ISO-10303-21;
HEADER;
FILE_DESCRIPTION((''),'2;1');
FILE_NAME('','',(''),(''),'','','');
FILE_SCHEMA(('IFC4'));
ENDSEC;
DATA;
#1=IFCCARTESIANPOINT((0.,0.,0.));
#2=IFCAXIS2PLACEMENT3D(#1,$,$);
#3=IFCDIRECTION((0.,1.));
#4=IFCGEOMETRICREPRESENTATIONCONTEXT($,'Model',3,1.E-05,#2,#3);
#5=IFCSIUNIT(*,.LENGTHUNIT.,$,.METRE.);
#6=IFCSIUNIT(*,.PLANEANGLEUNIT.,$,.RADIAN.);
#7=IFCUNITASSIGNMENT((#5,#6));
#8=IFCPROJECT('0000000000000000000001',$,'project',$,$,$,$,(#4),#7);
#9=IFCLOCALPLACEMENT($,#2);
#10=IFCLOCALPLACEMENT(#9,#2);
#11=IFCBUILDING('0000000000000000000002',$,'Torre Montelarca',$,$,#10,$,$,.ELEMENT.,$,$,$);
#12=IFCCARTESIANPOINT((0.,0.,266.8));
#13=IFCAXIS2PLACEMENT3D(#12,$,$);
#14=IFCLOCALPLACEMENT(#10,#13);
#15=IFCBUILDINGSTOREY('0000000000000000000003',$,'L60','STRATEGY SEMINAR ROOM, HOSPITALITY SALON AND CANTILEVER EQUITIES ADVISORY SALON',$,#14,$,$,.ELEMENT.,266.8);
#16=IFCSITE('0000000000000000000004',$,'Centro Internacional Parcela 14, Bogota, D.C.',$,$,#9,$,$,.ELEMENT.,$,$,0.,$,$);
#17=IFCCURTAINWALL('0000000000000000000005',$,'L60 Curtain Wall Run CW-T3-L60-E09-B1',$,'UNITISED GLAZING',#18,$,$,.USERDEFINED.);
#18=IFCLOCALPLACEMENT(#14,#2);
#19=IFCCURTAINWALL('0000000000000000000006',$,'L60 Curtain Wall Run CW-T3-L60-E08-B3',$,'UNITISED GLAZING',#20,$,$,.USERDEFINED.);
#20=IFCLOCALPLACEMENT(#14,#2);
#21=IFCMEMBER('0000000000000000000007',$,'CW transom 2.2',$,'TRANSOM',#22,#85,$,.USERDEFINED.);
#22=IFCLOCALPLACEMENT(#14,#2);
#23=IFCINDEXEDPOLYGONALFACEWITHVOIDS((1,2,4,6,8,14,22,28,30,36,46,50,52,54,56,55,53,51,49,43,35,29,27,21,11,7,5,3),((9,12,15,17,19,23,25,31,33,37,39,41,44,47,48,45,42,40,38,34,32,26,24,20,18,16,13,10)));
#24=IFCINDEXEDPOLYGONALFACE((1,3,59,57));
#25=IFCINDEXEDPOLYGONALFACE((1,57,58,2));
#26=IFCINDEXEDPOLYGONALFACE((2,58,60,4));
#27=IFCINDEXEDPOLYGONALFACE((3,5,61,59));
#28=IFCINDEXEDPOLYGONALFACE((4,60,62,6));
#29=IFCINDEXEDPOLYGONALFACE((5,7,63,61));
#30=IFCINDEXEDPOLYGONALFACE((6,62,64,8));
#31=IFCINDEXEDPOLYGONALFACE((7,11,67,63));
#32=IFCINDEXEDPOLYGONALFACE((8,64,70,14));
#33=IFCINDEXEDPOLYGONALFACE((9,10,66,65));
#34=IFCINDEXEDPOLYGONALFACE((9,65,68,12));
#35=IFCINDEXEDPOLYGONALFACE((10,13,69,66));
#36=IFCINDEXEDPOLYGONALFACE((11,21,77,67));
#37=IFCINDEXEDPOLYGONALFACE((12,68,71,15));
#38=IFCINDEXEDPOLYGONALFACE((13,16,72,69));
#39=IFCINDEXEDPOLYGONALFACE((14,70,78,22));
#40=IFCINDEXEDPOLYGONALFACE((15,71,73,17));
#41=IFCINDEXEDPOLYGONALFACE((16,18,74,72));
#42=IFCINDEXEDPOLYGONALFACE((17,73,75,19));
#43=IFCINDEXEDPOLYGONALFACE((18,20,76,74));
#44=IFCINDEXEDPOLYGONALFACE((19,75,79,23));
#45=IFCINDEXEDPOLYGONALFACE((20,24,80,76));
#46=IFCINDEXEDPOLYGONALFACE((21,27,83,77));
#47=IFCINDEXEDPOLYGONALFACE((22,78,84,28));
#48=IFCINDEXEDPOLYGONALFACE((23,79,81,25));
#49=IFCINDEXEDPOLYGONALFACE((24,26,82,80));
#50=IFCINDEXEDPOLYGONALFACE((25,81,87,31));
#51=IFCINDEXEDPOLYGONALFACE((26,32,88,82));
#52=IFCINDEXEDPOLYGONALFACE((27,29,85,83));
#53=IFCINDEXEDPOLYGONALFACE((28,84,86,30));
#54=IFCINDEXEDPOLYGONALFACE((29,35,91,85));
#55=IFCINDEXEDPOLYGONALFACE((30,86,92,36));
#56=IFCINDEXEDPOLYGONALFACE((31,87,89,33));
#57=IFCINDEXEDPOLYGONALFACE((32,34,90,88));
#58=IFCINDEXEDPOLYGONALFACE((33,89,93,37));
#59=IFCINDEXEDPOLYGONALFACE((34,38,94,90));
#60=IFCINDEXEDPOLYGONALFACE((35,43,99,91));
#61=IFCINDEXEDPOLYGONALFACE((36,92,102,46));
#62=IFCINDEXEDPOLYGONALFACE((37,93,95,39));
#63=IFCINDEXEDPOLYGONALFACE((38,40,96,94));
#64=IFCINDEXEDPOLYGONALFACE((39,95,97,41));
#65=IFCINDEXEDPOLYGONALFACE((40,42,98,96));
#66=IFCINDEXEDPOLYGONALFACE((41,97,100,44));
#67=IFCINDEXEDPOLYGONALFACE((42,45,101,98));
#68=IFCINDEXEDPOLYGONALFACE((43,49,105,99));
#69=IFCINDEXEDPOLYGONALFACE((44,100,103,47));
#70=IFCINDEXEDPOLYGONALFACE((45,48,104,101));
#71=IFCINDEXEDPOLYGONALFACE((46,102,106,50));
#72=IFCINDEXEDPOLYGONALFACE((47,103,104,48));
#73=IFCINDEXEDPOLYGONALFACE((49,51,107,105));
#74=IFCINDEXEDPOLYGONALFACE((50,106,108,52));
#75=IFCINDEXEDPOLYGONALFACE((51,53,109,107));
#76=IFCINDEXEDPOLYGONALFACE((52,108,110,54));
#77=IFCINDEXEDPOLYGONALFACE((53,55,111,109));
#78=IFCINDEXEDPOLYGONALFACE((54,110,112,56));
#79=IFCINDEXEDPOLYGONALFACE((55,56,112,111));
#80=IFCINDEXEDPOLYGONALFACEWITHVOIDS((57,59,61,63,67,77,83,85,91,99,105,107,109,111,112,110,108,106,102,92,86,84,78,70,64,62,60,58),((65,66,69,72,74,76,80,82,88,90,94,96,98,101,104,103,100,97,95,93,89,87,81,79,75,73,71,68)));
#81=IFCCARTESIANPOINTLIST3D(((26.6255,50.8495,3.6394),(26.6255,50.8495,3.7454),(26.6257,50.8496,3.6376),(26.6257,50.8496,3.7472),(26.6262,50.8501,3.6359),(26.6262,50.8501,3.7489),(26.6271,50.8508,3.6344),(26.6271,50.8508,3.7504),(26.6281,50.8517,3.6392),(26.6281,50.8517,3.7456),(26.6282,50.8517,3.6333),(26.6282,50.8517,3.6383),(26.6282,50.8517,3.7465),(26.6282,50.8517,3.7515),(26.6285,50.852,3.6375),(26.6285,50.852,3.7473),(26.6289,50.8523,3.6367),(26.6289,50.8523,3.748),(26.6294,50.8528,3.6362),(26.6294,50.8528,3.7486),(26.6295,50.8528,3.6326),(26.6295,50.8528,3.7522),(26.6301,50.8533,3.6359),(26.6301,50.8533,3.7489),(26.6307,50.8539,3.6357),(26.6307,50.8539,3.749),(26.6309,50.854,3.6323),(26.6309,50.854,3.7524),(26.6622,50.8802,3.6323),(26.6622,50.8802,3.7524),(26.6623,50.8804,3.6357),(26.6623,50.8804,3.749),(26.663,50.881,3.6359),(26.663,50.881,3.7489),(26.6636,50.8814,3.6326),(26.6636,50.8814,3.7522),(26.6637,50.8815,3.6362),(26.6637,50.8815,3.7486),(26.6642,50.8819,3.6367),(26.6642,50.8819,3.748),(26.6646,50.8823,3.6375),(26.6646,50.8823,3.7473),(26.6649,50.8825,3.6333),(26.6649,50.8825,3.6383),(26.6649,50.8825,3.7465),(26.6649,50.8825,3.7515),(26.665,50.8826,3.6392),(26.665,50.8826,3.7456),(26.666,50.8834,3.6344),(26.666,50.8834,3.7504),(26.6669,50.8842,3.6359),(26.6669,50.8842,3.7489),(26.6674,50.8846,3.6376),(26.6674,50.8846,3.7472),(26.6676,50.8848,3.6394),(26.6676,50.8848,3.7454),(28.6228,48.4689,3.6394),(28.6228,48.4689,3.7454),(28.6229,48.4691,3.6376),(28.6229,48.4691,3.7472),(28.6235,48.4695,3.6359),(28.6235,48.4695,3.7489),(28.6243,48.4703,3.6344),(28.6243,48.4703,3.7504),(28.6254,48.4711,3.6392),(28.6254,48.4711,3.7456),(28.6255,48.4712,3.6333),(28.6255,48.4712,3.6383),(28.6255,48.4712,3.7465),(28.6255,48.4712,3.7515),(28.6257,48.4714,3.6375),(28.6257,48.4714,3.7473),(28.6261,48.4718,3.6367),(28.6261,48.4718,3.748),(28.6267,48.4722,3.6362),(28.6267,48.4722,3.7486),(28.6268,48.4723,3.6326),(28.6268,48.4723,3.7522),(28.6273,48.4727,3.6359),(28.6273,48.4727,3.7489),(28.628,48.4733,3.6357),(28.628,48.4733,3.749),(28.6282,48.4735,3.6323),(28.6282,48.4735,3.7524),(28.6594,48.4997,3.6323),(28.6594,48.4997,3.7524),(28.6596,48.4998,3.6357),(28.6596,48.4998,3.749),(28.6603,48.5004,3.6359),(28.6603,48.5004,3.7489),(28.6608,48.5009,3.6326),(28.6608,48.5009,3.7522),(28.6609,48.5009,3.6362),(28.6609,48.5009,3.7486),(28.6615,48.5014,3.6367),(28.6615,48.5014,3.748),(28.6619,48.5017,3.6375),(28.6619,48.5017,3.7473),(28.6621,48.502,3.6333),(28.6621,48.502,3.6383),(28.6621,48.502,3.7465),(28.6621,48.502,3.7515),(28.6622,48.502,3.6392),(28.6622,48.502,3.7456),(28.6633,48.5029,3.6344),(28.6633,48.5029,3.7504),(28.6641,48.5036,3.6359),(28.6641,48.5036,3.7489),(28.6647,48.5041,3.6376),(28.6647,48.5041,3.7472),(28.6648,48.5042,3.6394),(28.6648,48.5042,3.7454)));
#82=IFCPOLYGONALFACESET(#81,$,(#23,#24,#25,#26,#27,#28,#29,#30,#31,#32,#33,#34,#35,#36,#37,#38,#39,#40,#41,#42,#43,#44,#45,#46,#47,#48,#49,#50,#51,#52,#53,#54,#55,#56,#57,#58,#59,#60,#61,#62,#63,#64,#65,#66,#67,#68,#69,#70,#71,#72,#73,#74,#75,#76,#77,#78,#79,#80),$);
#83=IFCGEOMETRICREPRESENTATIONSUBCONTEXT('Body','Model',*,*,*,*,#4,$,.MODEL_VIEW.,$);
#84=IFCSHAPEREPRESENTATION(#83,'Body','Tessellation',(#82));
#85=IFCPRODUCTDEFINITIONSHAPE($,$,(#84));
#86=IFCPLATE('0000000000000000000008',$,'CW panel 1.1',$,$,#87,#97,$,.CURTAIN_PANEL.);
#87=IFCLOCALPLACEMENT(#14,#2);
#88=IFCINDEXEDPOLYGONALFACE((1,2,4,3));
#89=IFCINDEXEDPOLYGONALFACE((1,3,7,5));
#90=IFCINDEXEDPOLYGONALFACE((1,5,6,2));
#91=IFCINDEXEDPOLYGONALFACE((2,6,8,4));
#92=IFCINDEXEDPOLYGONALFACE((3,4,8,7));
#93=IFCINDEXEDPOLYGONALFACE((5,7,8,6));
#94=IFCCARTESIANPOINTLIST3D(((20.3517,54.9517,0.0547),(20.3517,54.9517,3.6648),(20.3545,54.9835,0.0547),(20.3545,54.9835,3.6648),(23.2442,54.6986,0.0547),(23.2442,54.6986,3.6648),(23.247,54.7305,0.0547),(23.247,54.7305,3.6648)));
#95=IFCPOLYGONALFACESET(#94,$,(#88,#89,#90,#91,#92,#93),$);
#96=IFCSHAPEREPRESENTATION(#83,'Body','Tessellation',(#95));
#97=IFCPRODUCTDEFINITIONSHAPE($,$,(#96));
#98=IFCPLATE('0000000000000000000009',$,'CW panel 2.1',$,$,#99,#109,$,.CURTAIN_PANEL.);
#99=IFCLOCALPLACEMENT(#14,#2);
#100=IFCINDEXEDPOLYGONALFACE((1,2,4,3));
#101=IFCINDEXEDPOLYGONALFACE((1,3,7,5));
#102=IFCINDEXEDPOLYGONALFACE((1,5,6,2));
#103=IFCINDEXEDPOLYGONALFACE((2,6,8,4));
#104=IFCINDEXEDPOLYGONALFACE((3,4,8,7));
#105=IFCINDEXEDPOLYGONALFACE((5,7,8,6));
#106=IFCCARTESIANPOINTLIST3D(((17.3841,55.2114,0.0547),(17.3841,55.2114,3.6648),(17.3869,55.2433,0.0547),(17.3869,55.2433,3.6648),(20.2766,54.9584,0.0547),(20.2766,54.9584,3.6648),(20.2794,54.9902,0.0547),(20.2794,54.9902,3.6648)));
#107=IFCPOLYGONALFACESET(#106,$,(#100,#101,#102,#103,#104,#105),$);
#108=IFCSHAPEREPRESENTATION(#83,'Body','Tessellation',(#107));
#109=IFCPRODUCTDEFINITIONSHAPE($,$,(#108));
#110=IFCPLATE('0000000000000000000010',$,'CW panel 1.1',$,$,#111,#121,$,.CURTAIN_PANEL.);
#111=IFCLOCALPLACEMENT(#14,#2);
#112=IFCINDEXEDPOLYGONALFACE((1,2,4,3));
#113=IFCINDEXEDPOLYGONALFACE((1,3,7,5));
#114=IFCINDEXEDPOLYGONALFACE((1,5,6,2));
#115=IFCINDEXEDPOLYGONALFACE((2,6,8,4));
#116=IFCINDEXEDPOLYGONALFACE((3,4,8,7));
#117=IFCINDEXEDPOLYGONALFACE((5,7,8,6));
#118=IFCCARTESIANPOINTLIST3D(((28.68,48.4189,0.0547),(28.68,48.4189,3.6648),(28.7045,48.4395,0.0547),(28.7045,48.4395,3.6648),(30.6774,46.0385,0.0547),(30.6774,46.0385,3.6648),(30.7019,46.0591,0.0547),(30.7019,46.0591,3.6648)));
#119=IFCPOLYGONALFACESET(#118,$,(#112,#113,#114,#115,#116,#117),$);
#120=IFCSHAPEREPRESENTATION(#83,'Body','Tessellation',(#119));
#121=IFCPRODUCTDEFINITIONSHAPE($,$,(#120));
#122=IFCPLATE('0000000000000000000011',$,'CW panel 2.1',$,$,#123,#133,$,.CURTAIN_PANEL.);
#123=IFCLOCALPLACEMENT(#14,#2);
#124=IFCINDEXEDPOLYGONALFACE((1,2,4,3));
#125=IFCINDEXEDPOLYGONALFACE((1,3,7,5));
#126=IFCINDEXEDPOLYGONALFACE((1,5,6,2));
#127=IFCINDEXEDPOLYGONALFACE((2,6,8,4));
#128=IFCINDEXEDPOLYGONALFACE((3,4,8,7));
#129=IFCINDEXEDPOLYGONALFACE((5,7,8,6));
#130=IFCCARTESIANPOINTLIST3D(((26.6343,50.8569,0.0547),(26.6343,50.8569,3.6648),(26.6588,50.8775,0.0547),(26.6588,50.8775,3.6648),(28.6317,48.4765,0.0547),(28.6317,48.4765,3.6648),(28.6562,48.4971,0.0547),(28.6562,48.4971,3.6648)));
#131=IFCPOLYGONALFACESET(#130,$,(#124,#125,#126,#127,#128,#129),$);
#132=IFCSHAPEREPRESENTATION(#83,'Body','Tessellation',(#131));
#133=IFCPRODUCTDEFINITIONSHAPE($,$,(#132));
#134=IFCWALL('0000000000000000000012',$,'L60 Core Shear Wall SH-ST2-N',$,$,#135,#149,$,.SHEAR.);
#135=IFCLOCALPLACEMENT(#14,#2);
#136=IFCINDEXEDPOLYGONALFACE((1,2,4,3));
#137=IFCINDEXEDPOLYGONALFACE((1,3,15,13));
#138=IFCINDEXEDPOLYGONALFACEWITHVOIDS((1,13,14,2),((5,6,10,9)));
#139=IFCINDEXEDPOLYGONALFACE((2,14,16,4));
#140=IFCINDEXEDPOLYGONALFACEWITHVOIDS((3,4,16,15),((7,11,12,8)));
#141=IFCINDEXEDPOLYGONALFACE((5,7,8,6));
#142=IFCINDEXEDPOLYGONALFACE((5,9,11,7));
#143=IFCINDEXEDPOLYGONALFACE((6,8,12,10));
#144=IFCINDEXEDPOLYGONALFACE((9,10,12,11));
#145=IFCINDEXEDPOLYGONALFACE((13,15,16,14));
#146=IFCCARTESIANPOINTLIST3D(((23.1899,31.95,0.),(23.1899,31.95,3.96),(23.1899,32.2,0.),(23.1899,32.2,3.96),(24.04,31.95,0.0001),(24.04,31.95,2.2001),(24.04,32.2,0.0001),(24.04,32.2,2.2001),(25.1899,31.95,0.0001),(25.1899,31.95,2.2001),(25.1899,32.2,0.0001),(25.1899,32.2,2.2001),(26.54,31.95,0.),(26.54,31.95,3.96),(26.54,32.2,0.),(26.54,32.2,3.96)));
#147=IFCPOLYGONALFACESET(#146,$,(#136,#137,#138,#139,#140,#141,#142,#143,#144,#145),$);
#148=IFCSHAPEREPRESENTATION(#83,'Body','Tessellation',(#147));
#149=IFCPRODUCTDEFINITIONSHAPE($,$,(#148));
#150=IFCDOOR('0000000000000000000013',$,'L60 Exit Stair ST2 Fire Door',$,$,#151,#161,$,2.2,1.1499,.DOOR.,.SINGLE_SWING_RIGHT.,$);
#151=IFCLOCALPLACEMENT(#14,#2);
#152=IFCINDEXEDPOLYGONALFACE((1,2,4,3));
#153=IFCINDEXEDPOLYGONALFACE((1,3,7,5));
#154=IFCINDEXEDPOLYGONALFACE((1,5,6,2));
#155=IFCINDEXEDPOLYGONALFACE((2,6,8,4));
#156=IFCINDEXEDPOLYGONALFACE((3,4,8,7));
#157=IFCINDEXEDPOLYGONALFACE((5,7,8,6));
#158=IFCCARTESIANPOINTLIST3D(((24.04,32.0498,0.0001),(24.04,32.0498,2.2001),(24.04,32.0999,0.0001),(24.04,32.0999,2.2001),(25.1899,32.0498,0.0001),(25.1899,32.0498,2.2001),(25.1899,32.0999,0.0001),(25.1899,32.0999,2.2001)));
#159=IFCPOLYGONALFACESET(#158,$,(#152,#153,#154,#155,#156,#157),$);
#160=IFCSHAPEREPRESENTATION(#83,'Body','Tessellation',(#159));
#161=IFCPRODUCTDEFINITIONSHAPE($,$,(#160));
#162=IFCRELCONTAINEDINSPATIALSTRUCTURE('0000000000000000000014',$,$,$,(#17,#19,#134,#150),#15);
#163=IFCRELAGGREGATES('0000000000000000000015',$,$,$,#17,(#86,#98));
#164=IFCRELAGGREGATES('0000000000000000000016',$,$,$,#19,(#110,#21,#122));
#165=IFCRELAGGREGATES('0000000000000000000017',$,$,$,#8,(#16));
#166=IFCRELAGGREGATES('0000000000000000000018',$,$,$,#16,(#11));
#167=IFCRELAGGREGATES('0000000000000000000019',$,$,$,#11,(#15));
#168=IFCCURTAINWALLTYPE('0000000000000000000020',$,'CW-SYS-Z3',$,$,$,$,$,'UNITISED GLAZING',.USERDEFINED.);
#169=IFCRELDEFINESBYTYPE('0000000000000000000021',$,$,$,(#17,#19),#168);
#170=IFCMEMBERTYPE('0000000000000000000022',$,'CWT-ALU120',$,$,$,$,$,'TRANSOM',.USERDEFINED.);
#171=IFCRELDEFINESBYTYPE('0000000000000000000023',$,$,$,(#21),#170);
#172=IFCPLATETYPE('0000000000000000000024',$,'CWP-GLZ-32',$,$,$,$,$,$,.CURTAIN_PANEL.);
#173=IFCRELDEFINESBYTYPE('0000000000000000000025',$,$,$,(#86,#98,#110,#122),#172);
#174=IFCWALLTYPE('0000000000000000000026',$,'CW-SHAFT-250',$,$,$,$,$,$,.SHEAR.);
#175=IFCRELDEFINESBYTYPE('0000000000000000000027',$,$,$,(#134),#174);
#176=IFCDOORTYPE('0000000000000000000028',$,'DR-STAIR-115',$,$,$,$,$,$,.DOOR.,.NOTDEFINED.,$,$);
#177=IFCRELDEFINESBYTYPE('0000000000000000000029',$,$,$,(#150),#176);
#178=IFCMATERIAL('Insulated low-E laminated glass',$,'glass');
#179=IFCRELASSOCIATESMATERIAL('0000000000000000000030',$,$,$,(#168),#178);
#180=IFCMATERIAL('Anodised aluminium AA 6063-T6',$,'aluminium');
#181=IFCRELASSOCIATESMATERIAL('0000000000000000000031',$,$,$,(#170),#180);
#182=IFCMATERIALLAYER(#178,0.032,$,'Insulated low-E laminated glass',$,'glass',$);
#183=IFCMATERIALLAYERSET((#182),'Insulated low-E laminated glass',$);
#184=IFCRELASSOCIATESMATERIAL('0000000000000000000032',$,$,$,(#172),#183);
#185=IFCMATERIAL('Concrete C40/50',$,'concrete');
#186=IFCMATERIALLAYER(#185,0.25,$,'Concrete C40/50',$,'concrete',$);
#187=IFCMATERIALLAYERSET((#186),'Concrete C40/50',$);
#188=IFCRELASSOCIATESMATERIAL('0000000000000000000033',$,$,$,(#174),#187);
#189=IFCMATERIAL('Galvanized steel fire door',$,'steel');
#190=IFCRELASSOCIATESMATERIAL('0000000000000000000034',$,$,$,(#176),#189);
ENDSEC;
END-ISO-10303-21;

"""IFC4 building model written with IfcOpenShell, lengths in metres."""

from ifc_helpers import new_model, si_unit, direction, frame, frame_2d, origin, origin_2d, place, context, subcontext, project, spatial, rectangle, hollow_rectangle, extrude, source, transform, mapped, material, layer, layer_set, material_profile, profile_set, type_object, element, fill, aggregate, save


model = new_model("IFC4")

# Units and contexts
model_context = context("Model", 3, precision=1e-05, world=origin(), true_north=direction((0.0, 1.0)))
body_context = subcontext(model_context, "Body", "Model", "MODEL_VIEW")
ifc_project = project(units=[si_unit("LENGTHUNIT", "METRE"), si_unit("PLANEANGLEUNIT", "RADIAN")], contexts=[model_context])

# Site, building, storey
site_placement = place(None, origin())
site = spatial("IfcSite", under=ifc_project, at=site_placement, Name="Centro Internacional Parcela 14, Bogota, D.C.", CompositionType="ELEMENT", RefElevation=0.0)
building_placement = place(site_placement, origin())
building = spatial("IfcBuilding", under=site, at=building_placement, Name="Torre Montelarca", CompositionType="ELEMENT")
storey_placement = place(building_placement, frame((0.0, 0.0, 266.8)))
storey = spatial("IfcBuildingStorey", under=building, at=storey_placement, Name="L60", Description="STRATEGY SEMINAR ROOM, HOSPITALITY SALON AND CANTILEVER EQUITIES ADVISORY SALON", CompositionType="ELEMENT", Elevation=266.8)

# Curtain walls
ifc_material_1 = material(Name="Insulated low-E laminated glass", Category="glass")
curtain_wall_type = type_object("IfcCurtainWallType", Name="CW-SYS-Z3", ElementType="UNITISED GLAZING", PredefinedType="USERDEFINED", material=ifc_material_1)
curtain_wall_1_placement = place(storey_placement, origin())
curtain_wall_1 = element("IfcCurtainWall", 1, at=curtain_wall_1_placement, inside=storey, type_object=curtain_wall_type, Name="L60 Curtain Wall Run CW-T3-L60-E09-B1", ObjectType="UNITISED GLAZING", PredefinedType="USERDEFINED")
ifc_material_2 = material(Name="Anodised aluminium AA 6063-T6", Category="aluminium")
ifc_material_profile_1 = material_profile(ifc_material_2, hollow_rectangle(XDim=0.0549, YDim=0.1201, WallThickness=0.0034, InnerFilletRadius=0.0034, OuterFilletRadius=0.0071, at=origin_2d()), Name="ALU55X120X3.5", Category="aluminium")
ifc_profile_set_1 = profile_set([ifc_material_profile_1], Name="Anodised aluminium AA 6063-T6")
member_type_1 = type_object("IfcMemberType", Name="CWT-ALU120", ElementType="TRANSOM", PredefinedType="USERDEFINED", material=ifc_profile_set_1)
curtain_wall_2_placement = place(storey_placement, origin())
curtain_wall_2 = element("IfcCurtainWall", 2, at=curtain_wall_2_placement, inside=storey, type_object=curtain_wall_type, Name="L60 Curtain Wall Run CW-T3-L60-E08-B3", ObjectType="UNITISED GLAZING", PredefinedType="USERDEFINED")

# Member
shared_shape_1 = source(origin(), body_context, "Body", "SweptSolid", [
    extrude(hollow_rectangle(XDim=0.0549, YDim=0.1201, WallThickness=0.0034, InnerFilletRadius=0.0034, OuterFilletRadius=0.0071, at=origin_2d()), origin(), (0.0, 0.0, 1.0), 3.1074),
])
member_1_placement = place(storey_placement, frame((28.6438, 48.4866, 3.6924), z_axis=(-0.642739, 0.766085, 0.0), x_axis=(-0.766085, -0.642739, 0.0)))
member_1 = element("IfcMember", 3, at=member_1_placement, type_object=member_type_1, Name="CW transom 2.2", ObjectType="TRANSOM", PredefinedType="USERDEFINED", context=body_context, shape_type="MappedRepresentation", body=[
    mapped(shared_shape_1, transform((0.0, 0.0, 0.0), scale=1.0)),
])

# Plates
ifc_layer_1 = layer(ifc_material_1, 0.032, Name="Insulated low-E laminated glass", Category="glass")
ifc_layer_set_1 = layer_set([ifc_layer_1], Name="Insulated low-E laminated glass")
plate_type = type_object("IfcPlateType", Name="CWP-GLZ-32", PredefinedType="CURTAIN_PANEL", material=ifc_layer_set_1)
shared_shape_2 = source(origin(), body_context, "Body", "SweptSolid", [
    extrude(rectangle(XDim=2.9036, YDim=0.032, at=origin_2d()), origin(), (0.0, 0.0, 1.0), 3.6101),
])
plate_1_placement = place(storey_placement, frame((21.7993, 54.8411, 0.0547), z_axis=(0.0, 0.0, 1.0), x_axis=(-0.996194, 0.087165, 0.0)))
plate_1 = element("IfcPlate", 4, at=plate_1_placement, type_object=plate_type, Name="CW panel 1.1", PredefinedType="CURTAIN_PANEL", context=body_context, shape_type="MappedRepresentation", body=[
    mapped(shared_shape_2, transform((0.0, 0.0, 0.0), scale=1.0)),
])
plate_2_placement = place(storey_placement, frame((18.8318, 55.1008, 0.0547), z_axis=(0.0, 0.0, 1.0), x_axis=(-0.996194, 0.087165, 0.0)))
plate_2 = element("IfcPlate", 5, at=plate_2_placement, type_object=plate_type, Name="CW panel 2.1", PredefinedType="CURTAIN_PANEL", context=body_context, shape_type="MappedRepresentation", body=[
    mapped(shared_shape_2, transform((0.0, 0.0, 0.0), scale=1.0)),
])
aggregate(curtain_wall_1, [plate_1, plate_2])
shared_shape_3 = source(origin(), body_context, "Body", "SweptSolid", [
    extrude(rectangle(XDim=3.1074, YDim=0.032, at=origin_2d()), origin(), (0.0, 0.0, 1.0), 3.6101),
])
plate_3_placement = place(storey_placement, frame((29.6909, 47.239, 0.0547), z_axis=(0.0, 0.0, 1.0), x_axis=(-0.642794, 0.766039, 0.0)))
plate_3 = element("IfcPlate", 6, at=plate_3_placement, type_object=plate_type, Name="CW panel 1.1", PredefinedType="CURTAIN_PANEL", context=body_context, shape_type="MappedRepresentation", body=[
    mapped(shared_shape_3, transform((0.0, 0.0, 0.0), scale=1.0)),
])
plate_4_placement = place(storey_placement, frame((27.6453, 49.677, 0.0547), z_axis=(0.0, 0.0, 1.0), x_axis=(-0.642794, 0.766039, 0.0)))
plate_4 = element("IfcPlate", 7, at=plate_4_placement, type_object=plate_type, Name="CW panel 2.1", PredefinedType="CURTAIN_PANEL", context=body_context, shape_type="MappedRepresentation", body=[
    mapped(shared_shape_3, transform((0.0, 0.0, 0.0), scale=1.0)),
])
aggregate(curtain_wall_2, [plate_3, member_1, plate_4])

# Wall, opening, door
ifc_material_3 = material(Name="Concrete C40/50", Category="concrete")
ifc_layer_2 = layer(ifc_material_3, 0.25, Name="Concrete C40/50", Category="concrete")
ifc_layer_set_2 = layer_set([ifc_layer_2], Name="Concrete C40/50")
wall_type_1 = type_object("IfcWallType", Name="CW-SHAFT-250", PredefinedType="SHEAR", material=ifc_layer_set_2)
wall_1_placement = place(storey_placement, frame((23.1899, 32.075, 0.0), z_axis=(0.0, 0.0, 1.0), x_axis=(1.0, 0.0, 0.0)))
wall_1 = element("IfcWall", 8, at=wall_1_placement, inside=storey, type_object=wall_type_1, Name="L60 Core Shear Wall SH-ST2-N", PredefinedType="SHEAR", context=body_context, shape_type="SweptSolid", body=[
    extrude(rectangle(XDim=3.3501, YDim=0.25, at=frame_2d((1.675, 0.0))), origin(), (0.0, 0.0, 1.0), 3.96),
])
opening_1_placement = place(wall_1_placement, frame((0.8501, 0.0, 0.0)))
opening_1 = element("IfcOpeningElement", 9, at=opening_1_placement, cuts=wall_1, PredefinedType="OPENING", context=body_context, shape_type="SweptSolid", body=[
    extrude(rectangle(XDim=1.1499, YDim=2.2, at=frame_2d((0.575, 1.1001))), frame((0.0, 0.135, 0.0), z_axis=(0.0, -1.0, 0.0), x_axis=(1.0, 0.0, 0.0)), (0.0, 0.0, 1.0), 0.27),
])
ifc_material_4 = material(Name="Galvanized steel fire door", Category="steel")
door_type_1 = type_object("IfcDoorType", Name="DR-STAIR-115", OperationType="NOTDEFINED", PredefinedType="DOOR", material=ifc_material_4)
shared_shape_4 = source(origin(), body_context, "Body", "SweptSolid", [
    extrude(rectangle(XDim=1.1499, YDim=2.2, at=frame_2d((0.575, 1.1001))), frame((0.0, 0.0249, 0.0), z_axis=(0.0, -1.0, 0.0), x_axis=(1.0, 0.0, 0.0)), (0.0, 0.0, 1.0), 0.05),
])
door_1_placement = place(opening_1_placement, origin())
door_1 = element("IfcDoor", 10, at=door_1_placement, inside=storey, type_object=door_type_1, Name="L60 Exit Stair ST2 Fire Door", OperationType="SINGLE_SWING_RIGHT", OverallHeight=2.2, OverallWidth=1.1499, PredefinedType="DOOR", context=body_context, shape_type="MappedRepresentation", body=[
    mapped(shared_shape_4, transform((0.0, 0.0, 0.0), scale=1.0)),
])
fill(opening_1, door_1)

save(model, "model.ifc")
